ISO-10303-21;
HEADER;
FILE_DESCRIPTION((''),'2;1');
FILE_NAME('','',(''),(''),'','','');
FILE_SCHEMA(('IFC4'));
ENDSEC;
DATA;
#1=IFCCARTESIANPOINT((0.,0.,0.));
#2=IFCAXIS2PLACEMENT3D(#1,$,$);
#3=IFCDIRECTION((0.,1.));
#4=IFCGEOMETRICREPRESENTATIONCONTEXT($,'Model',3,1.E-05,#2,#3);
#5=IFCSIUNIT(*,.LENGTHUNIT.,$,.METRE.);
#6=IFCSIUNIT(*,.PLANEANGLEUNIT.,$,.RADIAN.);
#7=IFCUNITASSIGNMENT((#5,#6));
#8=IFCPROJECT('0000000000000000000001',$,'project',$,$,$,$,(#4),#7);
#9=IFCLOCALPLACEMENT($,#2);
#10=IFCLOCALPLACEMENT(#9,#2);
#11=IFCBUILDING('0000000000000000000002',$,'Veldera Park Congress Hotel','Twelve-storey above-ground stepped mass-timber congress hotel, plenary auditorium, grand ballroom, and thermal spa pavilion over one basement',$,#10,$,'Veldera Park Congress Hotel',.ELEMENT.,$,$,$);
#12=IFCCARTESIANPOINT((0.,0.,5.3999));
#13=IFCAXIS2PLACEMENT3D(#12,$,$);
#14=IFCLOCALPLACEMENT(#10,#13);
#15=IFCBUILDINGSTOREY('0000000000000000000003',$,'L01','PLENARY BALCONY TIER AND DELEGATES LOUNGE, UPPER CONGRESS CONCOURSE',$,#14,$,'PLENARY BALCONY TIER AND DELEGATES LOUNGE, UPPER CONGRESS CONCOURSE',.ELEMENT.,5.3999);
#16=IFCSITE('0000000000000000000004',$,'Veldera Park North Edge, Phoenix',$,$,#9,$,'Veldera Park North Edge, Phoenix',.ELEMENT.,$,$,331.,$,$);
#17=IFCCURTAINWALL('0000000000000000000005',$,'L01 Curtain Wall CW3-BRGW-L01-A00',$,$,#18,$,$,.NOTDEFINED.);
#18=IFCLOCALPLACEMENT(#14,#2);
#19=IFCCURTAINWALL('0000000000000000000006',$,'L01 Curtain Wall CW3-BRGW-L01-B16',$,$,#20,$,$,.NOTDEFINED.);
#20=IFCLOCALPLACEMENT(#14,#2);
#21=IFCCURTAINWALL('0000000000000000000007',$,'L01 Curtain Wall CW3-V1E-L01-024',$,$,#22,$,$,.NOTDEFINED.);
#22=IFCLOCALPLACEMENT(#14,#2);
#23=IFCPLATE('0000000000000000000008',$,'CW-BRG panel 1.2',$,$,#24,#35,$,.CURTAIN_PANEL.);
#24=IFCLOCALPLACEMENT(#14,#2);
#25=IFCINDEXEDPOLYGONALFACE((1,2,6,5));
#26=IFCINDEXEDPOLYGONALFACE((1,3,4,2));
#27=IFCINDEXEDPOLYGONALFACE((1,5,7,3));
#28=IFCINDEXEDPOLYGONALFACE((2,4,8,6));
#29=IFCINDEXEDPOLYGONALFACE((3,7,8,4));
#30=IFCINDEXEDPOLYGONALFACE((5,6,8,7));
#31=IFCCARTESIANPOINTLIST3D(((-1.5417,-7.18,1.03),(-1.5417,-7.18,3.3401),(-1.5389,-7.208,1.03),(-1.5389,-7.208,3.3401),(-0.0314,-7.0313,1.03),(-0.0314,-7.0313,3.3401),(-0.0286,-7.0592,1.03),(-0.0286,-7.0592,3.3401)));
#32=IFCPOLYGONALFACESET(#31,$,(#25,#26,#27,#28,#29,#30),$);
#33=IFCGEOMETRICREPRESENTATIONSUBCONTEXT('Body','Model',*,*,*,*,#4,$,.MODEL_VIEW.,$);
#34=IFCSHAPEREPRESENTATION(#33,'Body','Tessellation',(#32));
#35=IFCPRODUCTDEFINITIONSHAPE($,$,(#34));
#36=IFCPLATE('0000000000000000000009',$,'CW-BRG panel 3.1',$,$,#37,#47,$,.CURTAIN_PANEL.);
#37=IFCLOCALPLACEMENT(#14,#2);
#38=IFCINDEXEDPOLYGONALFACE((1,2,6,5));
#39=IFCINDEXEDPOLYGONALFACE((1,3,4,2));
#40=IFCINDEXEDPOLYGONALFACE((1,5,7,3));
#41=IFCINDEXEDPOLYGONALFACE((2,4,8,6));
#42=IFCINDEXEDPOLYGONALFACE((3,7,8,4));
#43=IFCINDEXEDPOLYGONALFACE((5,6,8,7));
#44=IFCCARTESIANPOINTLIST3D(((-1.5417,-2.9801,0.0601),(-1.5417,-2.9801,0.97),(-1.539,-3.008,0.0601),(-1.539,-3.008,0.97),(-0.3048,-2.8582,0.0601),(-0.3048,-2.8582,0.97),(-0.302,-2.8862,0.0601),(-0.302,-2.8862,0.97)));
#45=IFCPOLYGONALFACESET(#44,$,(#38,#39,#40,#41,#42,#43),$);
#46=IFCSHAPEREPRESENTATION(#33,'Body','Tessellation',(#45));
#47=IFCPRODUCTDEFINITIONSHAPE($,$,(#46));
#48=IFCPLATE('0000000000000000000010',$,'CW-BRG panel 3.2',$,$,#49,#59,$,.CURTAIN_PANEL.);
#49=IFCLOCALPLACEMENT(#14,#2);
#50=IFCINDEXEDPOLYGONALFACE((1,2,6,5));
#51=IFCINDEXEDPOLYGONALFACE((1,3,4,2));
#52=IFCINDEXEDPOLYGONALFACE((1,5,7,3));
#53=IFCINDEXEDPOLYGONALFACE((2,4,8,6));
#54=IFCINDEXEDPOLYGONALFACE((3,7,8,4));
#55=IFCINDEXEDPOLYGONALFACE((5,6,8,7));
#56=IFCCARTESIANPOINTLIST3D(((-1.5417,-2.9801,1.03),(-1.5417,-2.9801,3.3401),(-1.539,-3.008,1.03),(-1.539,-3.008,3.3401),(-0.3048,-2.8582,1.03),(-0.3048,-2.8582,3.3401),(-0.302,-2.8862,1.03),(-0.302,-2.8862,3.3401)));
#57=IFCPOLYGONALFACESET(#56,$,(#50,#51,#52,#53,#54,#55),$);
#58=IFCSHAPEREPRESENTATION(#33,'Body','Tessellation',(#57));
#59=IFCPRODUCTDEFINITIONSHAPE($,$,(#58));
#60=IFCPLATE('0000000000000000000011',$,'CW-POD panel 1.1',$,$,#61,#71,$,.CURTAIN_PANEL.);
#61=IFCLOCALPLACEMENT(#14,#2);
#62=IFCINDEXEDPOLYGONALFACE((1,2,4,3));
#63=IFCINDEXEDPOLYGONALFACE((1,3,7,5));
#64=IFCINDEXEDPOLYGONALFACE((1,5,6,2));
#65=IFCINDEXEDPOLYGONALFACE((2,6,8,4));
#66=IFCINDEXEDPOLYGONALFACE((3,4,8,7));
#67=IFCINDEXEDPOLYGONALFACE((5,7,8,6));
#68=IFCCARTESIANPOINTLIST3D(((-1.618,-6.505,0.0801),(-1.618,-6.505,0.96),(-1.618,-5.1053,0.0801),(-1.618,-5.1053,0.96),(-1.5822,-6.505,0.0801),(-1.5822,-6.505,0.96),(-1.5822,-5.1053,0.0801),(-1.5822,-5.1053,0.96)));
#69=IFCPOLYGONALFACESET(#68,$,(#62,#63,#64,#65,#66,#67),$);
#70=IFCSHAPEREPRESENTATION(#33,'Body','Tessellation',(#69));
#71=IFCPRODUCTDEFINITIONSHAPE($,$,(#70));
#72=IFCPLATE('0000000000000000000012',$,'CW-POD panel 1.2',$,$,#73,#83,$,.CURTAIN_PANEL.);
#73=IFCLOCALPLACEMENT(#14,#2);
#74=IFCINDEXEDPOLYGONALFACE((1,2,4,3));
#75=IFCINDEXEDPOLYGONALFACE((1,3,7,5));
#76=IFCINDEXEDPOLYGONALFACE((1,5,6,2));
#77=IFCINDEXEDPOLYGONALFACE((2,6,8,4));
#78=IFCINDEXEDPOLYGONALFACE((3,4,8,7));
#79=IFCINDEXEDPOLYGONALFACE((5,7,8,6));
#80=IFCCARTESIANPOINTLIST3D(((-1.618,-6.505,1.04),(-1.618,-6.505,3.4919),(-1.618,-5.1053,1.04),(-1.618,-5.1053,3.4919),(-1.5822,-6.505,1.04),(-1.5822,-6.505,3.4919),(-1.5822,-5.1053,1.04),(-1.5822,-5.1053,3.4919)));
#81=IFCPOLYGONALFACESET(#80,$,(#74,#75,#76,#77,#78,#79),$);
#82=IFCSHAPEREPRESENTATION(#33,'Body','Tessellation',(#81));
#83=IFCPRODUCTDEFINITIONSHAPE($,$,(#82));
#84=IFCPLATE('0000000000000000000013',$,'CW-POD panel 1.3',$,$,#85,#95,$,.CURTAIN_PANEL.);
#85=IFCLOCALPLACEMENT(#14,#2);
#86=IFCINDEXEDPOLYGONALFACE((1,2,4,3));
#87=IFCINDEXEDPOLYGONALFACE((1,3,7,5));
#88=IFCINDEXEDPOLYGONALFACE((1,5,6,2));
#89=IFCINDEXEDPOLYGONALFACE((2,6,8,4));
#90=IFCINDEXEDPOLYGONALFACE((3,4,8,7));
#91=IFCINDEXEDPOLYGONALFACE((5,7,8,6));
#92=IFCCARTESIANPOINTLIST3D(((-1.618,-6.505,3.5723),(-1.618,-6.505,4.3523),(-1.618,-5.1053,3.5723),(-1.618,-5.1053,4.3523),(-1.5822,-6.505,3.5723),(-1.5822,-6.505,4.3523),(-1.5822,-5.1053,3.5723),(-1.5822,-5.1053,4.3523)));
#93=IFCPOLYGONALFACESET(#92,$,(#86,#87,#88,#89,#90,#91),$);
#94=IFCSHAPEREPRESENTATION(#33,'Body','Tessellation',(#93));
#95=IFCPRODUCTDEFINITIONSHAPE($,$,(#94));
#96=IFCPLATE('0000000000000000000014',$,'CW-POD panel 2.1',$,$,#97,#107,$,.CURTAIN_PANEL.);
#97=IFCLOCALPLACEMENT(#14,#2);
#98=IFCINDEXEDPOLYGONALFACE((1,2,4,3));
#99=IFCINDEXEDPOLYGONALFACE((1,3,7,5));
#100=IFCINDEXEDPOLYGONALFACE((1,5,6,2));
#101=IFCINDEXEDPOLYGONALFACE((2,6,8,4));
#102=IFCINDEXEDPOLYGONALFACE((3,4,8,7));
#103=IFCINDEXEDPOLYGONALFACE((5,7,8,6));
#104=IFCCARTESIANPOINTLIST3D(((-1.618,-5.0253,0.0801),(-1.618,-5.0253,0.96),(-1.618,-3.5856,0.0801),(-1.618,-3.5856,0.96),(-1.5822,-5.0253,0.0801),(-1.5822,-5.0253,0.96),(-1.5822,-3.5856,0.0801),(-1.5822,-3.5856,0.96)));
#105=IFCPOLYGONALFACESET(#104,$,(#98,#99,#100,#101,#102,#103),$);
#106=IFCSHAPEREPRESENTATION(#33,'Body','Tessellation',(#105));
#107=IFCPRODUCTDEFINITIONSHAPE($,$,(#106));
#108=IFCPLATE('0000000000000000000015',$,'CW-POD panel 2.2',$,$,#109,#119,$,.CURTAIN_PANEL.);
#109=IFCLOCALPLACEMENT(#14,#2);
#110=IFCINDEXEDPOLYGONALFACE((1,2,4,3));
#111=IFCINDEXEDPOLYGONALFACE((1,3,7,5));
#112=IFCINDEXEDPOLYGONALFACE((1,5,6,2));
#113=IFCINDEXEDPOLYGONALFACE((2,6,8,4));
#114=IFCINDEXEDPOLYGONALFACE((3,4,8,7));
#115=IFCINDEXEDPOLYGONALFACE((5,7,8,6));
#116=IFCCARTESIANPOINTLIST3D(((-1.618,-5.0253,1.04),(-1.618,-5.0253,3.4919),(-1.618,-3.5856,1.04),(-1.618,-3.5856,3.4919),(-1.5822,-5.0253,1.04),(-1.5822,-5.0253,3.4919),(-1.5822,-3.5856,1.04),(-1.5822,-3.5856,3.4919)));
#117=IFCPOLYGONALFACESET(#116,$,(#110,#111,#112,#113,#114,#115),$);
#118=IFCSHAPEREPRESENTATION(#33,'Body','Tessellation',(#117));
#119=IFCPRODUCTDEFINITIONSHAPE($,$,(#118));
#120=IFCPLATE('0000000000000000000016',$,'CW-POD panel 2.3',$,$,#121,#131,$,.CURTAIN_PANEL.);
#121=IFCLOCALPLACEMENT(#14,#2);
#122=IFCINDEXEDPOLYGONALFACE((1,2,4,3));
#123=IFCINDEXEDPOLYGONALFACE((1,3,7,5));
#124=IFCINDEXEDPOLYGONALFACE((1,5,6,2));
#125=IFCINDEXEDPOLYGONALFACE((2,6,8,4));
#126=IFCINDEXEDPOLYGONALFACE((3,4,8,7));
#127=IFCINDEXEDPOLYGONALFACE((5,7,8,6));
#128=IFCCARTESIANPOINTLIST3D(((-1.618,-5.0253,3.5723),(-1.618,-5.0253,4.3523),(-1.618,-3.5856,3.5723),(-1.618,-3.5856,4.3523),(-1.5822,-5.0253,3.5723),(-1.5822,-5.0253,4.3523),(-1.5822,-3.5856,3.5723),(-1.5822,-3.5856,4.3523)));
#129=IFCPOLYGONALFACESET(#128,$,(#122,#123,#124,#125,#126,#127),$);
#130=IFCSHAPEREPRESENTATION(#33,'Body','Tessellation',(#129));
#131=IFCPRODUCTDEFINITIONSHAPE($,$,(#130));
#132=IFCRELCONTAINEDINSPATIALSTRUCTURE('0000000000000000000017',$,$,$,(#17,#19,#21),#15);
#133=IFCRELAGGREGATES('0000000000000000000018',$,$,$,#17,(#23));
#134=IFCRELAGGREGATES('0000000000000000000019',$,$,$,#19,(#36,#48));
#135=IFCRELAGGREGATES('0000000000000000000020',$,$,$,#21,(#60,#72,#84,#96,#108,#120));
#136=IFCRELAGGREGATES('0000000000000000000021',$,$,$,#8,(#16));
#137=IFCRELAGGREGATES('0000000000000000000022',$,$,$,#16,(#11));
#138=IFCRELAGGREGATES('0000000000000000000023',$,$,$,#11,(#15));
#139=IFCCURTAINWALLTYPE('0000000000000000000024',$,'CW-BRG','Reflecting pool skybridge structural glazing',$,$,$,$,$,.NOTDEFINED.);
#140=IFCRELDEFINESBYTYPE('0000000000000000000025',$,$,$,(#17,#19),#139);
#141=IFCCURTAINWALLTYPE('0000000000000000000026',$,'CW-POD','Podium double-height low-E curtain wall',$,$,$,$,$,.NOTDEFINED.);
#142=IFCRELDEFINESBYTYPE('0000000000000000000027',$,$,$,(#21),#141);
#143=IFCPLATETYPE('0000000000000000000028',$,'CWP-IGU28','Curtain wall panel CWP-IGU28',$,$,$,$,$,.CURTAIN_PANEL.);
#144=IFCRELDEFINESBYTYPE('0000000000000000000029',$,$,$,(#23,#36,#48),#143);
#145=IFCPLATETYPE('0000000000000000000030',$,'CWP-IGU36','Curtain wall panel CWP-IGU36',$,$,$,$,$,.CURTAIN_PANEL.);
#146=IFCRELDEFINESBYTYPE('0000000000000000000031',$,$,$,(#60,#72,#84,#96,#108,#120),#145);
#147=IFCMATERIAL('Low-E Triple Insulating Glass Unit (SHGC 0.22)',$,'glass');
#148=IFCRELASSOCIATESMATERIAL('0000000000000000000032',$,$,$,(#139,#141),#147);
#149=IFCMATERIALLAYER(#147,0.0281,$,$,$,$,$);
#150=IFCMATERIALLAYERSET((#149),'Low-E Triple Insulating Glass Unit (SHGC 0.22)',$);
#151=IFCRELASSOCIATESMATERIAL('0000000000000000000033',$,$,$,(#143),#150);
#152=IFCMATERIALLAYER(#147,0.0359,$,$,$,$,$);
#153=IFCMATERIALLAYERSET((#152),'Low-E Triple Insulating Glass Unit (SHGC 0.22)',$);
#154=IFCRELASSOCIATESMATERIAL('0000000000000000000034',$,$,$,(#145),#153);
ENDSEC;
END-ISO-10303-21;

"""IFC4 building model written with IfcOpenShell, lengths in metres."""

from ifc_helpers import new_model, si_unit, direction, frame, origin, origin_2d, place, context, subcontext, project, spatial, rectangle, extrude, material, layer, layer_set, type_object, element, aggregate, save


model = new_model("IFC4")

# Units and contexts
model_context = context("Model", 3, precision=1e-05, world=origin(), true_north=direction((0.0, 1.0)))
body_context = subcontext(model_context, "Body", "Model", "MODEL_VIEW")
ifc_project = project(units=[si_unit("LENGTHUNIT", "METRE"), si_unit("PLANEANGLEUNIT", "RADIAN")], contexts=[model_context])

# Site, building, storey
site_placement = place(None, origin())
site = spatial("IfcSite", under=ifc_project, at=site_placement, Name="Veldera Park North Edge, Phoenix", LongName="Veldera Park North Edge, Phoenix", CompositionType="ELEMENT", RefElevation=331.0)
building_placement = place(site_placement, origin())
building = spatial("IfcBuilding", under=site, at=building_placement, Name="Veldera Park Congress Hotel", Description="Twelve-storey above-ground stepped mass-timber congress hotel, plenary auditorium, grand ballroom, and thermal spa pavilion over one basement", LongName="Veldera Park Congress Hotel", CompositionType="ELEMENT")
storey_placement = place(building_placement, frame((0.0, 0.0, 5.3999)))
storey = spatial("IfcBuildingStorey", under=building, at=storey_placement, Name="L01", Description="PLENARY BALCONY TIER AND DELEGATES LOUNGE, UPPER CONGRESS CONCOURSE", LongName="PLENARY BALCONY TIER AND DELEGATES LOUNGE, UPPER CONGRESS CONCOURSE", CompositionType="ELEMENT", Elevation=5.3999)

# Curtain wall
ifc_material_1 = material(Name="Low-E Triple Insulating Glass Unit (SHGC 0.22)", Category="glass")
curtain_wall_type_1 = type_object("IfcCurtainWallType", Name="CW-BRG", Description="Reflecting pool skybridge structural glazing", PredefinedType="NOTDEFINED", material=ifc_material_1)
curtain_wall_1_placement = place(storey_placement, origin())
curtain_wall_1 = element("IfcCurtainWall", 1, at=curtain_wall_1_placement, inside=storey, type_object=curtain_wall_type_1, Name="L01 Curtain Wall CW3-BRGW-L01-A00", PredefinedType="NOTDEFINED")

# Curtain wall
curtain_wall_2_placement = place(storey_placement, origin())
curtain_wall_2 = element("IfcCurtainWall", 2, at=curtain_wall_2_placement, inside=storey, type_object=curtain_wall_type_1, Name="L01 Curtain Wall CW3-BRGW-L01-B16", PredefinedType="NOTDEFINED")

# Shared definitions
curtain_wall_type_2 = type_object("IfcCurtainWallType", Name="CW-POD", Description="Podium double-height low-E curtain wall", PredefinedType="NOTDEFINED", material=ifc_material_1)

# Curtain wall
curtain_wall_3_placement = place(storey_placement, origin())
curtain_wall_3 = element("IfcCurtainWall", 3, at=curtain_wall_3_placement, inside=storey, type_object=curtain_wall_type_2, Name="L01 Curtain Wall CW3-V1E-L01-024", PredefinedType="NOTDEFINED")

# Plates
ifc_layer_1 = layer(ifc_material_1, 0.0281)
ifc_layer_set_1 = layer_set([ifc_layer_1], Name="Low-E Triple Insulating Glass Unit (SHGC 0.22)")
plate_type_1 = type_object("IfcPlateType", Name="CWP-IGU28", Description="Curtain wall panel CWP-IGU28", PredefinedType="CURTAIN_PANEL", material=ifc_layer_set_1)
plate_1_placement = place(storey_placement, frame((-0.7852, -7.1196, 1.03), z_axis=(0.0, 0.0, 1.0), x_axis=(0.995184, 0.098021, 0.0)))
plate_1 = element("IfcPlate", 4, at=plate_1_placement, type_object=plate_type_1, Name="CW-BRG panel 1.2", PredefinedType="CURTAIN_PANEL", context=body_context, shape_type="SweptSolid", body=[
    extrude(rectangle(XDim=1.5176, YDim=0.0281, at=origin_2d()), origin(), (0.0, 0.0, 1.0), 2.3101),
])
aggregate(curtain_wall_1, [plate_1])
plate_2_placement = place(storey_placement, frame((-0.9219, -2.9331, 0.0601), z_axis=(0.0, 0.0, 1.0), x_axis=(-0.995184, -0.098023, 0.0)))
plate_2 = element("IfcPlate", 5, at=plate_2_placement, type_object=plate_type_1, Name="CW-BRG panel 3.1", PredefinedType="CURTAIN_PANEL", context=body_context, shape_type="SweptSolid", body=[
    extrude(rectangle(XDim=1.2429, YDim=0.0281, at=origin_2d()), origin(), (0.0, 0.0, 1.0), 0.9099),
])
plate_3_placement = place(storey_placement, frame((-0.9219, -2.9331, 1.03), z_axis=(0.0, 0.0, 1.0), x_axis=(-0.995184, -0.098023, 0.0)))
plate_3 = element("IfcPlate", 6, at=plate_3_placement, type_object=plate_type_1, Name="CW-BRG panel 3.2", PredefinedType="CURTAIN_PANEL", context=body_context, shape_type="SweptSolid", body=[
    extrude(rectangle(XDim=1.2429, YDim=0.0281, at=origin_2d()), origin(), (0.0, 0.0, 1.0), 2.3101),
])
aggregate(curtain_wall_2, [plate_2, plate_3])
ifc_layer_2 = layer(ifc_material_1, 0.0359)
ifc_layer_set_2 = layer_set([ifc_layer_2], Name="Low-E Triple Insulating Glass Unit (SHGC 0.22)")
plate_type_2 = type_object("IfcPlateType", Name="CWP-IGU36", Description="Curtain wall panel CWP-IGU36", PredefinedType="CURTAIN_PANEL", material=ifc_layer_set_2)
plate_4_placement = place(storey_placement, frame((-1.6001, -5.8052, 0.0801), z_axis=(0.0, 0.0, 1.0), x_axis=(0.0, 1.0, 0.0)))
plate_4 = element("IfcPlate", 7, at=plate_4_placement, type_object=plate_type_2, Name="CW-POD panel 1.1", PredefinedType="CURTAIN_PANEL", context=body_context, shape_type="SweptSolid", body=[
    extrude(rectangle(XDim=1.3997, YDim=0.0359, at=origin_2d()), origin(), (0.0, 0.0, 1.0), 0.8799),
])
plate_5_placement = place(storey_placement, frame((-1.6001, -5.8052, 1.04), z_axis=(0.0, 0.0, 1.0), x_axis=(0.0, 1.0, 0.0)))
plate_5 = element("IfcPlate", 8, at=plate_5_placement, type_object=plate_type_2, Name="CW-POD panel 1.2", PredefinedType="CURTAIN_PANEL", context=body_context, shape_type="SweptSolid", body=[
    extrude(rectangle(XDim=1.3997, YDim=0.0359, at=origin_2d()), origin(), (0.0, 0.0, 1.0), 2.4519),
])
plate_6_placement = place(storey_placement, frame((-1.6001, -5.8052, 3.5723), z_axis=(0.0, 0.0, 1.0), x_axis=(0.0, 1.0, 0.0)))
plate_6 = element("IfcPlate", 9, at=plate_6_placement, type_object=plate_type_2, Name="CW-POD panel 1.3", PredefinedType="CURTAIN_PANEL", context=body_context, shape_type="SweptSolid", body=[
    extrude(rectangle(XDim=1.3997, YDim=0.0359, at=origin_2d()), origin(), (0.0, 0.0, 1.0), 0.78),
])
plate_7_placement = place(storey_placement, frame((-1.6001, -4.3054, 0.0801), z_axis=(0.0, 0.0, 1.0), x_axis=(0.0, 1.0, 0.0)))
plate_7 = element("IfcPlate", 10, at=plate_7_placement, type_object=plate_type_2, Name="CW-POD panel 2.1", PredefinedType="CURTAIN_PANEL", context=body_context, shape_type="SweptSolid", body=[
    extrude(rectangle(XDim=1.4397, YDim=0.0359, at=origin_2d()), origin(), (0.0, 0.0, 1.0), 0.8799),
])
plate_8_placement = place(storey_placement, frame((-1.6001, -4.3054, 1.04), z_axis=(0.0, 0.0, 1.0), x_axis=(0.0, 1.0, 0.0)))
plate_8 = element("IfcPlate", 11, at=plate_8_placement, type_object=plate_type_2, Name="CW-POD panel 2.2", PredefinedType="CURTAIN_PANEL", context=body_context, shape_type="SweptSolid", body=[
    extrude(rectangle(XDim=1.4397, YDim=0.0359, at=origin_2d()), origin(), (0.0, 0.0, 1.0), 2.4519),
])
plate_9_placement = place(storey_placement, frame((-1.6001, -4.3054, 3.5723), z_axis=(0.0, 0.0, 1.0), x_axis=(0.0, 1.0, 0.0)))
plate_9 = element("IfcPlate", 12, at=plate_9_placement, type_object=plate_type_2, Name="CW-POD panel 2.3", PredefinedType="CURTAIN_PANEL", context=body_context, shape_type="SweptSolid", body=[
    extrude(rectangle(XDim=1.4397, YDim=0.0359, at=origin_2d()), origin(), (0.0, 0.0, 1.0), 0.78),
])
aggregate(curtain_wall_3, [plate_4, plate_5, plate_6, plate_7, plate_8, plate_9])

save(model, "model.ifc")
